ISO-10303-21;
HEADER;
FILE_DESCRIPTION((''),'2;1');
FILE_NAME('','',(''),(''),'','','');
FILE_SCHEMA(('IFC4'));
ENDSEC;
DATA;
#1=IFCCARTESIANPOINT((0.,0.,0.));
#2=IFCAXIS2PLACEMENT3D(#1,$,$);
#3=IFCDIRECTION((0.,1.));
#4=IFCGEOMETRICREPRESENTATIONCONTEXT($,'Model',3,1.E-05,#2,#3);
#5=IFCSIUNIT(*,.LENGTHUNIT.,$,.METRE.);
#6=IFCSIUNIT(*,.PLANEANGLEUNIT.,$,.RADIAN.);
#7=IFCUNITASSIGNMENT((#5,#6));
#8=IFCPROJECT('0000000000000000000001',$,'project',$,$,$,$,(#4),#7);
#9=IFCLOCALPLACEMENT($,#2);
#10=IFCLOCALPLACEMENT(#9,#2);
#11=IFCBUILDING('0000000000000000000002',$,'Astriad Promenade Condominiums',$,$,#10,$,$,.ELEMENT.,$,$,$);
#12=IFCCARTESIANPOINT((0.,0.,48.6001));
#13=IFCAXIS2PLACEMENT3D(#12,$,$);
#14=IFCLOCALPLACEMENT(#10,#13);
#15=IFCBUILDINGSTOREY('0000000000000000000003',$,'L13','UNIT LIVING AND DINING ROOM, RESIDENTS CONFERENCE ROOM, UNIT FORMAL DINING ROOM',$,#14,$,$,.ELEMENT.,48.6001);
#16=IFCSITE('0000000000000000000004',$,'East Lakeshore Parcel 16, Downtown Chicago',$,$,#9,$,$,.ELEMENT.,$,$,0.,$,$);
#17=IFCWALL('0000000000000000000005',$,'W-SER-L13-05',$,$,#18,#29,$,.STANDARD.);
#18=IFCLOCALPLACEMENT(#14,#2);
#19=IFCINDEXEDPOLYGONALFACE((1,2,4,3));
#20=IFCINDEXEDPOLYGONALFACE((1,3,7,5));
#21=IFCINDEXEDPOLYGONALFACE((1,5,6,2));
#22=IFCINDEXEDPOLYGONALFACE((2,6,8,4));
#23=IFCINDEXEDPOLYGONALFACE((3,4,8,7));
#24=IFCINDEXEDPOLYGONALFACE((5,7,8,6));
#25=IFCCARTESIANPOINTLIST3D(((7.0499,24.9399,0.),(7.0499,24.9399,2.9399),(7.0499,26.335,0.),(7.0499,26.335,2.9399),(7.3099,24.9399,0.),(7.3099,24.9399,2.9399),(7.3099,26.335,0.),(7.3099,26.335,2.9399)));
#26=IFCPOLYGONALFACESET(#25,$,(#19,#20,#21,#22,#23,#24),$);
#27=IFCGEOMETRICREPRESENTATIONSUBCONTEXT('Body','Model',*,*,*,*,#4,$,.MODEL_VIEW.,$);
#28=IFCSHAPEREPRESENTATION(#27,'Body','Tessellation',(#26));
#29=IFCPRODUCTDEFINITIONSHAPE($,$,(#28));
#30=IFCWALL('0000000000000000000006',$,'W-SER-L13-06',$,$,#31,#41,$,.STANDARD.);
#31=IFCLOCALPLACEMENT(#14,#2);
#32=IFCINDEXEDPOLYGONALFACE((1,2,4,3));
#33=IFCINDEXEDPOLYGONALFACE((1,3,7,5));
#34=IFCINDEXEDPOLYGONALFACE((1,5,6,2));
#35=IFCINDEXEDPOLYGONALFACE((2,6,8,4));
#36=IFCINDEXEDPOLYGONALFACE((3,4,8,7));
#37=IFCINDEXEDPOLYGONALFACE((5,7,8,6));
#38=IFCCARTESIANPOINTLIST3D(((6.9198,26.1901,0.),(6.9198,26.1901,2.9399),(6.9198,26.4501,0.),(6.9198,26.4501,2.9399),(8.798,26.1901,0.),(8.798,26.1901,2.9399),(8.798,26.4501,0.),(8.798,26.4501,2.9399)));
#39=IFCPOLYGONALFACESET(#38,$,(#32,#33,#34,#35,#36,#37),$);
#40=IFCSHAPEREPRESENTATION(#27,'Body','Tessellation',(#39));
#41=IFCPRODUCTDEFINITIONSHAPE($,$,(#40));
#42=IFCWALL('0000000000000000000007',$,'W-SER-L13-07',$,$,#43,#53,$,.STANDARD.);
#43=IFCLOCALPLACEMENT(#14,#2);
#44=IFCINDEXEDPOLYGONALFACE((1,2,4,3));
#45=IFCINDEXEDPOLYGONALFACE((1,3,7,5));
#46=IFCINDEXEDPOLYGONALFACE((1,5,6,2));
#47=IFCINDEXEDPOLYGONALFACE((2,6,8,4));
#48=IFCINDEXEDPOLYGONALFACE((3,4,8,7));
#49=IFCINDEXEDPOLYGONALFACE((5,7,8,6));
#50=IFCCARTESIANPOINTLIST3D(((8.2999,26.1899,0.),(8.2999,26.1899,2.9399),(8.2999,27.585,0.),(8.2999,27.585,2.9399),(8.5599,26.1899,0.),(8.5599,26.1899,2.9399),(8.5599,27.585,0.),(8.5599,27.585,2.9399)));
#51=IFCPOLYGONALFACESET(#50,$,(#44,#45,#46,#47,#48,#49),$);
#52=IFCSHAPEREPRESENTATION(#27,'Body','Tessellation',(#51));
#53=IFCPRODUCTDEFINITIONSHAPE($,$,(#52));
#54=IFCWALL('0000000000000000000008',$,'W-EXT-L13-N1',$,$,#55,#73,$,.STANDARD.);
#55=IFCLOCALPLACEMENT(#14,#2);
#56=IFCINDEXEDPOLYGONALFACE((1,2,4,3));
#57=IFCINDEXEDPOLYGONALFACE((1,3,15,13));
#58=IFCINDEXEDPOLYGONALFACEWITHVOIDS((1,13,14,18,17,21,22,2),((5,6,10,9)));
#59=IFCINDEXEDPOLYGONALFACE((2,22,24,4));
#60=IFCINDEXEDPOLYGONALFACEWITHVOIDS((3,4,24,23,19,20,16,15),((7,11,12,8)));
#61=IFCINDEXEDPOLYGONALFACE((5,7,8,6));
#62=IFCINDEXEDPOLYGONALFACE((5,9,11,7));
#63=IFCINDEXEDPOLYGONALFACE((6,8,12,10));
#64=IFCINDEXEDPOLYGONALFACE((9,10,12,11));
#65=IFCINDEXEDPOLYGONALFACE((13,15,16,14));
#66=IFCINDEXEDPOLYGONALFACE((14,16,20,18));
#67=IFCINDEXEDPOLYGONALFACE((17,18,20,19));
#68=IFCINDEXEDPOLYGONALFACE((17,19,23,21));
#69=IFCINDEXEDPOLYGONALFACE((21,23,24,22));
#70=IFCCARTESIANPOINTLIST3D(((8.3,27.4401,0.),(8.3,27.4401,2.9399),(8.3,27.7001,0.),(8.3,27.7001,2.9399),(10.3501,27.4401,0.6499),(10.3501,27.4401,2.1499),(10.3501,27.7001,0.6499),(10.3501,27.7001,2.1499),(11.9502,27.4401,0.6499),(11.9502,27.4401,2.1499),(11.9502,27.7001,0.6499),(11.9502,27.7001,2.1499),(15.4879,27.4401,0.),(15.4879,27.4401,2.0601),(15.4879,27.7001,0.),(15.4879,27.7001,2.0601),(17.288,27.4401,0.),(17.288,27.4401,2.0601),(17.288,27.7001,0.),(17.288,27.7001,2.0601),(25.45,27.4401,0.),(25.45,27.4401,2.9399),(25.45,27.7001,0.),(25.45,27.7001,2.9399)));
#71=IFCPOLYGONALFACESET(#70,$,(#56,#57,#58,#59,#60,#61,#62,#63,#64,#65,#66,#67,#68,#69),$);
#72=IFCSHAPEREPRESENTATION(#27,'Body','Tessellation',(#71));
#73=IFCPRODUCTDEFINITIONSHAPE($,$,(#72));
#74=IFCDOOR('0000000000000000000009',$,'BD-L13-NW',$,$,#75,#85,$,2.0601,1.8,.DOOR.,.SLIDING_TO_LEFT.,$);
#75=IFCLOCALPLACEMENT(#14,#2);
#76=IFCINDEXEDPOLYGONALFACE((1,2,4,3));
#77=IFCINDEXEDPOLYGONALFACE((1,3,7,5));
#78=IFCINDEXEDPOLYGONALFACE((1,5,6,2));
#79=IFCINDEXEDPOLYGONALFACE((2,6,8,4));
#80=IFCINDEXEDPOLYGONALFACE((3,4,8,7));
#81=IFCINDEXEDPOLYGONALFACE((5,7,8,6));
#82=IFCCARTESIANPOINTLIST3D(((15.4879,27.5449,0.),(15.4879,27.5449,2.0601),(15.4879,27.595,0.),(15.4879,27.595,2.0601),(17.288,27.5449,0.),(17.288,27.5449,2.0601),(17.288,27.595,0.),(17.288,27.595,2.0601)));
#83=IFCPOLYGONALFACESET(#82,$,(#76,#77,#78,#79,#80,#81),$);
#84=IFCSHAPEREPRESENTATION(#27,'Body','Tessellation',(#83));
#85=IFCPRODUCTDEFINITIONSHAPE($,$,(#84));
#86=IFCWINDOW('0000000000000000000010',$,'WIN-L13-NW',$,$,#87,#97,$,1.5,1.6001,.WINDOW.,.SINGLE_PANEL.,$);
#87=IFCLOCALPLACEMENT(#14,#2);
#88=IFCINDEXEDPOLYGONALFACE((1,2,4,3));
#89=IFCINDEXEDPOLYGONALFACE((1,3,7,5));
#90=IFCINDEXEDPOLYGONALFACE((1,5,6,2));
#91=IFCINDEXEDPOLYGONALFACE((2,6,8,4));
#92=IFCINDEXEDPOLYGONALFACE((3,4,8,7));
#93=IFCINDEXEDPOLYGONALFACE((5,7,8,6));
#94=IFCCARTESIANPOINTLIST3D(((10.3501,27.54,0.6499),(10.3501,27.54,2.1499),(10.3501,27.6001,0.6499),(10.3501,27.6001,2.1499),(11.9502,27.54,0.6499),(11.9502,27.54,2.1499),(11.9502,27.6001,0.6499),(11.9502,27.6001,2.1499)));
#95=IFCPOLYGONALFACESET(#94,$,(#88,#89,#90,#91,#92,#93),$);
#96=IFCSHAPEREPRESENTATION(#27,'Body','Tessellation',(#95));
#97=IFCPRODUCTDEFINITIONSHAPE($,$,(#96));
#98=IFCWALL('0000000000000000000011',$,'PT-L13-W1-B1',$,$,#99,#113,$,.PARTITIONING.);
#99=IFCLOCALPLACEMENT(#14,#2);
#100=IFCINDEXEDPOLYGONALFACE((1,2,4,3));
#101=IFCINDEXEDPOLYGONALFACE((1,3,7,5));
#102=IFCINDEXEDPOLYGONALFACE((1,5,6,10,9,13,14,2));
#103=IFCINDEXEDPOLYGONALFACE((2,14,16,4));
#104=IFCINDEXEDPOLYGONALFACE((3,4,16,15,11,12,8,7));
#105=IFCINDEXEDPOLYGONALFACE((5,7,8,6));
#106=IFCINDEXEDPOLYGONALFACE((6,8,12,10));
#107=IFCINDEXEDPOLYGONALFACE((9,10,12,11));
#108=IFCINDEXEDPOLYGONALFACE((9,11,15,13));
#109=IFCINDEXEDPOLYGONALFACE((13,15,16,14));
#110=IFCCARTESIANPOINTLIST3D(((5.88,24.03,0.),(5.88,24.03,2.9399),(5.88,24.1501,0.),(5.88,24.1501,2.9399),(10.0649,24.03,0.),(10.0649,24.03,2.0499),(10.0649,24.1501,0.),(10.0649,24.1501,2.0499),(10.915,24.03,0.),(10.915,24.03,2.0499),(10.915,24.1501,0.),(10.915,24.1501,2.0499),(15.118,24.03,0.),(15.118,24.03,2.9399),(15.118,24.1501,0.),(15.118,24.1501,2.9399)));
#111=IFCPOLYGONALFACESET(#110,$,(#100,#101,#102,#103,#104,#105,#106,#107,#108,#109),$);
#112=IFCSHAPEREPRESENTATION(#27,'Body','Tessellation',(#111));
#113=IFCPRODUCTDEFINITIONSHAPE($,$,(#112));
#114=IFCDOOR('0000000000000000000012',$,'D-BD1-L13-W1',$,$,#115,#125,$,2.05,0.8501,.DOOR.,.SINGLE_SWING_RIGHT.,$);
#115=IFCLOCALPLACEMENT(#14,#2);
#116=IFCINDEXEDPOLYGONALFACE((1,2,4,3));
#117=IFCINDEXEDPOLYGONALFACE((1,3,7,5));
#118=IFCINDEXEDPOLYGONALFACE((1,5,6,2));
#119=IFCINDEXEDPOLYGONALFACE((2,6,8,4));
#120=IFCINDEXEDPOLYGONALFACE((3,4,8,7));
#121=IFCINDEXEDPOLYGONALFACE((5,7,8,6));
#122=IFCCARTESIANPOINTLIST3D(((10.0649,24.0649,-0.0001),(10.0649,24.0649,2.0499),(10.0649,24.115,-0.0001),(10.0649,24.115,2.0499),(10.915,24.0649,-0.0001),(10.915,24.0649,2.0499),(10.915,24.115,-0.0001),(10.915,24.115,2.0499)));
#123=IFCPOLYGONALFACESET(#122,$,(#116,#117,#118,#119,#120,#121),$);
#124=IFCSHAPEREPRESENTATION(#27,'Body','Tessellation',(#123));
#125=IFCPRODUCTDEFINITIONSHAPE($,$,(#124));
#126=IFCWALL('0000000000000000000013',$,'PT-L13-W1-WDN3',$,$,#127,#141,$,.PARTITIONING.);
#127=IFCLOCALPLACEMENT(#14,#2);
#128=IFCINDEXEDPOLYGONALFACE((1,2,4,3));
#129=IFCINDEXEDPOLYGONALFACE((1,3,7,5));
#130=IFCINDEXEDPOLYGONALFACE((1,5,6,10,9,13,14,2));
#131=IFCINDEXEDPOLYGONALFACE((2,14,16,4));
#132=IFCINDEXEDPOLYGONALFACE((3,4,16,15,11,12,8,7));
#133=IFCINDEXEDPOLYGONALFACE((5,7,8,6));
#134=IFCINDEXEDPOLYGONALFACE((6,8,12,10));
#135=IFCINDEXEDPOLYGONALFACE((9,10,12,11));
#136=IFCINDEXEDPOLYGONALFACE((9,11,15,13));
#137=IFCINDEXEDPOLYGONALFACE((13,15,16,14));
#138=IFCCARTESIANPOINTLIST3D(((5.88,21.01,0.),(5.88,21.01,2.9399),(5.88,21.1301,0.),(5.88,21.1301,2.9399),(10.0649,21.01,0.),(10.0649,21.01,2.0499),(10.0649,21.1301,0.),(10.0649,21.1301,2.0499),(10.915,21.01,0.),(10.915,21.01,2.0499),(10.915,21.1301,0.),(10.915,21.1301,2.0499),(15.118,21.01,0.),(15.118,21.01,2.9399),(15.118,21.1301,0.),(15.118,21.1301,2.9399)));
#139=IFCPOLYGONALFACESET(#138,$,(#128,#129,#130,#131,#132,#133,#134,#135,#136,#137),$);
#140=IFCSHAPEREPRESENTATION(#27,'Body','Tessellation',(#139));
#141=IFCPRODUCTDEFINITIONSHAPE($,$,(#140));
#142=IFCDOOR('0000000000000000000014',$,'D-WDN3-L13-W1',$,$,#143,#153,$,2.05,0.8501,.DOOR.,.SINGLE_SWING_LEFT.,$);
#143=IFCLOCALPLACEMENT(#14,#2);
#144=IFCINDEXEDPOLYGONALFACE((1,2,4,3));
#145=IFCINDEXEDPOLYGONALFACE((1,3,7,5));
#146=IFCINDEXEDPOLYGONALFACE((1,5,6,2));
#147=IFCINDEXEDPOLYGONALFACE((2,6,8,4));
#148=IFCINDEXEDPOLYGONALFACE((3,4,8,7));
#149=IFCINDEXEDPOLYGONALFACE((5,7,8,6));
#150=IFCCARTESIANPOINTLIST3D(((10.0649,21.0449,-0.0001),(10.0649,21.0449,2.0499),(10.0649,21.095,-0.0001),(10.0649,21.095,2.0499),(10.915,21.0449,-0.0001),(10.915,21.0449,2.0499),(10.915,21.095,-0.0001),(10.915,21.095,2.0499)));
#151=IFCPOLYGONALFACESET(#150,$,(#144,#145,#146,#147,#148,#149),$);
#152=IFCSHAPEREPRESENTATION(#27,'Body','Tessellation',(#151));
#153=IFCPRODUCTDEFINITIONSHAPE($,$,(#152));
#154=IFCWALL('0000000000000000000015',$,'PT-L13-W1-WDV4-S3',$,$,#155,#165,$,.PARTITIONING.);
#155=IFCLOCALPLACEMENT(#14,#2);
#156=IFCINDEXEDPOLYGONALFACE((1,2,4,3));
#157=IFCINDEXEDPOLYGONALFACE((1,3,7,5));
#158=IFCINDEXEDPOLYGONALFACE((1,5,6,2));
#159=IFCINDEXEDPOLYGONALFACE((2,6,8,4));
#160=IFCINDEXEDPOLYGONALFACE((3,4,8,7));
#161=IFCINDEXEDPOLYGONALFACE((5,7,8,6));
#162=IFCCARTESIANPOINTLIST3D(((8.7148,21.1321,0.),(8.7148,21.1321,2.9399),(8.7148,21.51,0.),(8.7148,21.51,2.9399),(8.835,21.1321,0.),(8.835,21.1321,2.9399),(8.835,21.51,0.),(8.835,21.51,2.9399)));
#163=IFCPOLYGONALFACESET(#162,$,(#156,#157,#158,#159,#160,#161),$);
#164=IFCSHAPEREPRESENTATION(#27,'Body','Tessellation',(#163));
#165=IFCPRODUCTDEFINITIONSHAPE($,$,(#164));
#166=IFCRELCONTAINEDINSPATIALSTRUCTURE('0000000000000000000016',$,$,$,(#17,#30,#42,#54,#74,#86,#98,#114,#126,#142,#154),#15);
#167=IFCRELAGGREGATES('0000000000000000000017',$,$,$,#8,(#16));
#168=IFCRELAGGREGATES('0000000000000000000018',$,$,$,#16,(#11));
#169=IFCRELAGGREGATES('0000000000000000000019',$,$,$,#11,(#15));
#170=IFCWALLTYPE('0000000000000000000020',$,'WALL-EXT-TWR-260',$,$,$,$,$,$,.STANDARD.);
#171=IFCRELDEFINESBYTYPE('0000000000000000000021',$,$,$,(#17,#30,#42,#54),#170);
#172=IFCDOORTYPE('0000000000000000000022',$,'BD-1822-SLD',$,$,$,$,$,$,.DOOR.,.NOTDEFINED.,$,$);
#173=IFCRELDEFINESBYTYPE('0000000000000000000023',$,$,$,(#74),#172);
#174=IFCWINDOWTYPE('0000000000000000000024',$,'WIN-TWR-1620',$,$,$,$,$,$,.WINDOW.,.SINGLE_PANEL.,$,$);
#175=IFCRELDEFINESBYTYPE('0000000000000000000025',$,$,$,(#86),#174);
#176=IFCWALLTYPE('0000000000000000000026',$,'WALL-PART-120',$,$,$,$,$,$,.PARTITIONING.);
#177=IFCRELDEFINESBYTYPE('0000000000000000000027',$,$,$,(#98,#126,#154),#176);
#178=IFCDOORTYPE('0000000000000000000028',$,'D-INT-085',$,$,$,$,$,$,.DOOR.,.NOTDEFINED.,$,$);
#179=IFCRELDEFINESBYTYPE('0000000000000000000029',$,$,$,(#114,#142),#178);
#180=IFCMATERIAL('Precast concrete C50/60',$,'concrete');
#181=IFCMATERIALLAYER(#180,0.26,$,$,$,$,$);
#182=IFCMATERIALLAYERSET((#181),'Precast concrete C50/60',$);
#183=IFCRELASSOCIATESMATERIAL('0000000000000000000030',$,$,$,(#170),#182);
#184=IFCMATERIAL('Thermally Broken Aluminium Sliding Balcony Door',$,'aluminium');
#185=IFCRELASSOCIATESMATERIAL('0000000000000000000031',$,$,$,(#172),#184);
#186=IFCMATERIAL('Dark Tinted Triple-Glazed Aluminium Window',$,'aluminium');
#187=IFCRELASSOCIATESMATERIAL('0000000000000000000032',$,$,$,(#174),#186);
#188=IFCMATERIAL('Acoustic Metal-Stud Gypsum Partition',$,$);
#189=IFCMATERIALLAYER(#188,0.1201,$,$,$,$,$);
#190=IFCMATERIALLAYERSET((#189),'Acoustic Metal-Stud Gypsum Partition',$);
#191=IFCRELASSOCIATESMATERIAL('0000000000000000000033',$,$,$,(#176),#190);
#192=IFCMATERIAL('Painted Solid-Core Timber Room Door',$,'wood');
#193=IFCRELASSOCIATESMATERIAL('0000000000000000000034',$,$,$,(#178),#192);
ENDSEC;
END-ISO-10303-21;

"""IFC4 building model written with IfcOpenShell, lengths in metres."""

from ifc_helpers import new_model, si_unit, direction, frame, frame_2d, origin, place, context, subcontext, project, spatial, rectangle, extrude, source, transform, mapped, material, layer, layer_set, type_object, type_shapes, element, fill, save


model = new_model("IFC4")

# Units and contexts
model_context = context("Model", 3, precision=1e-05, world=origin(), true_north=direction((0.0, 1.0)))
body_context = subcontext(model_context, "Body", "Model", "MODEL_VIEW")
ifc_project = project(units=[si_unit("LENGTHUNIT", "METRE"), si_unit("PLANEANGLEUNIT", "RADIAN")], contexts=[model_context])

# Site, building, storey
site_placement = place(None, origin())
site = spatial("IfcSite", under=ifc_project, at=site_placement, Name="East Lakeshore Parcel 16, Downtown Chicago", CompositionType="ELEMENT", RefElevation=0.0)
building_placement = place(site_placement, origin())
building = spatial("IfcBuilding", under=site, at=building_placement, Name="Astriad Promenade Condominiums", CompositionType="ELEMENT")
storey_placement = place(building_placement, frame((0.0, 0.0, 48.6001)))
storey = spatial("IfcBuildingStorey", under=building, at=storey_placement, Name="L13", Description="UNIT LIVING AND DINING ROOM, RESIDENTS CONFERENCE ROOM, UNIT FORMAL DINING ROOM", CompositionType="ELEMENT", Elevation=48.6001)

# Walls
ifc_material_1 = material(Name="Precast concrete C50/60", Category="concrete")
ifc_layer_1 = layer(ifc_material_1, 0.26)
ifc_layer_set_1 = layer_set([ifc_layer_1], Name="Precast concrete C50/60")
wall_type_1 = type_object("IfcWallType", Name="WALL-EXT-TWR-260", PredefinedType="STANDARD", material=ifc_layer_set_1)
for number, where, z_axis, x_axis, name in (
    (1, (7.1799, 24.9399, 0.0), (0.0, 0.0, 1.0), (0.0, 1.0, 0.0), "W-SER-L13-05"),
):
    element("IfcWall", number, at=place(storey_placement, frame(where, z_axis=z_axis, x_axis=x_axis)), inside=storey, type_object=wall_type_1, Name=name, PredefinedType="STANDARD", context=body_context, shape_type="SweptSolid", body=[
        extrude(rectangle(XDim=1.395, YDim=0.26, at=frame_2d((0.6975, 0.0))), origin(), (0.0, 0.0, 1.0), 2.9399),
    ])
wall_1_placement = place(storey_placement, frame((6.9199, 26.3201, 0.0), z_axis=(0.0, 0.0, 1.0), x_axis=(1.0, 0.0, 0.0)))
element("IfcWall", 2, at=wall_1_placement, inside=storey, type_object=wall_type_1, Name="W-SER-L13-06", PredefinedType="STANDARD", context=body_context, shape_type="SweptSolid", body=[
    extrude(rectangle(XDim=1.8782, YDim=0.26, at=frame_2d((0.939, 0.0))), origin(), (0.0, 0.0, 1.0), 2.9399),
])
wall_2_placement = place(storey_placement, frame((8.4299, 26.1899, 0.0), z_axis=(0.0, 0.0, 1.0), x_axis=(0.0, 1.0, 0.0)))
element("IfcWall", 3, at=wall_2_placement, inside=storey, type_object=wall_type_1, Name="W-SER-L13-07", PredefinedType="STANDARD", context=body_context, shape_type="SweptSolid", body=[
    extrude(rectangle(XDim=1.395, YDim=0.26, at=frame_2d((0.6975, 0.0))), origin(), (0.0, 0.0, 1.0), 2.9399),
])

# Wall, openings, door, window
wall_3_placement = place(storey_placement, frame((8.3, 27.5701, 0.0), z_axis=(0.0, 0.0, 1.0), x_axis=(1.0, 0.0, 0.0)))
wall_3 = element("IfcWall", 4, at=wall_3_placement, inside=storey, type_object=wall_type_1, Name="W-EXT-L13-N1", PredefinedType="STANDARD", context=body_context, shape_type="SweptSolid", body=[
    extrude(rectangle(XDim=17.1499, YDim=0.26, at=frame_2d((8.575, 0.0))), origin(), (0.0, 0.0, 1.0), 2.9399),
])
opening_1_placement = place(wall_3_placement, frame((7.188, 0.0, 0.0)))
opening_1 = element("IfcOpeningElement", 5, at=opening_1_placement, cuts=wall_3, PredefinedType="OPENING", context=body_context, shape_type="SweptSolid", body=[
    extrude(rectangle(XDim=1.8, YDim=2.0601, at=frame_2d((0.8999, 1.03))), frame((0.0, 0.1399, 0.0), z_axis=(0.0, -1.0, 0.0), x_axis=(1.0, 0.0, 0.0)), (0.0, 0.0, 1.0), 0.28),
])
opening_2_placement = place(wall_3_placement, frame((2.05, 0.0, 0.6499)))
opening_2 = element("IfcOpeningElement", 6, at=opening_2_placement, cuts=wall_3, PredefinedType="OPENING", context=body_context, shape_type="SweptSolid", body=[
    extrude(rectangle(XDim=1.6001, YDim=1.5, at=frame_2d((0.8, 0.75))), frame((0.0, 0.1399, 0.0), z_axis=(0.0, -1.0, 0.0), x_axis=(1.0, 0.0, 0.0)), (0.0, 0.0, 1.0), 0.28),
])
ifc_material_2 = material(Name="Thermally Broken Aluminium Sliding Balcony Door", Category="aluminium")
door_type_1 = type_object("IfcDoorType", Name="BD-1822-SLD", OperationType="NOTDEFINED", PredefinedType="DOOR", material=ifc_material_2)
shared_shape_1 = source(origin(), body_context, "Body", "SweptSolid", [
    extrude(rectangle(XDim=1.8, YDim=2.0601, at=frame_2d((0.8999, 1.03))), frame((0.0, 0.0249, 0.0), z_axis=(0.0, -1.0, 0.0), x_axis=(1.0, 0.0, 0.0)), (0.0, 0.0, 1.0), 0.05),
])
type_shapes(door_type_1, [shared_shape_1])
door_1_placement = place(opening_1_placement, origin())
door_1 = element("IfcDoor", 7, at=door_1_placement, inside=storey, type_object=door_type_1, Name="BD-L13-NW", OperationType="SLIDING_TO_LEFT", OverallHeight=2.0601, OverallWidth=1.8, PredefinedType="DOOR", context=body_context, shape_type="MappedRepresentation", body=[
    mapped(shared_shape_1, transform((0.0, 0.0, 0.0), scale=1.0)),
])
fill(opening_1, door_1)
ifc_material_3 = material(Name="Dark Tinted Triple-Glazed Aluminium Window", Category="aluminium")
window_type = type_object("IfcWindowType", Name="WIN-TWR-1620", PartitioningType="SINGLE_PANEL", PredefinedType="WINDOW", material=ifc_material_3)
shared_shape_2 = source(origin(), body_context, "Body", "SweptSolid", [
    extrude(rectangle(XDim=1.6001, YDim=1.5, at=frame_2d((0.8, 0.75))), frame((0.0, 0.03, 0.0), z_axis=(0.0, -1.0, 0.0), x_axis=(1.0, 0.0, 0.0)), (0.0, 0.0, 1.0), 0.0601),
])
type_shapes(window_type, [shared_shape_2])
window_placement = place(opening_2_placement, origin())
window = element("IfcWindow", 8, at=window_placement, inside=storey, type_object=window_type, Name="WIN-L13-NW", OverallHeight=1.5, OverallWidth=1.6001, PartitioningType="SINGLE_PANEL", PredefinedType="WINDOW", context=body_context, shape_type="MappedRepresentation", body=[
    mapped(shared_shape_2, transform((0.0, 0.0, 0.0), scale=1.0)),
])
fill(opening_2, window)

# Walls, openings, doors
ifc_material_4 = material(Name="Acoustic Metal-Stud Gypsum Partition")
ifc_layer_2 = layer(ifc_material_4, 0.1201)
ifc_layer_set_2 = layer_set([ifc_layer_2], Name="Acoustic Metal-Stud Gypsum Partition")
wall_type_2 = type_object("IfcWallType", Name="WALL-PART-120", PredefinedType="PARTITIONING", material=ifc_layer_set_2)
wall_4_placement = place(storey_placement, frame((5.8799, 24.0901, 0.0), z_axis=(0.0, 0.0, 1.0), x_axis=(1.0, 0.0, 0.0)))
wall_4 = element("IfcWall", 9, at=wall_4_placement, inside=storey, type_object=wall_type_2, Name="PT-L13-W1-B1", PredefinedType="PARTITIONING", context=body_context, shape_type="SweptSolid", body=[
    extrude(rectangle(XDim=9.238, YDim=0.1201, at=frame_2d((4.6191, 0.0))), origin(), (0.0, 0.0, 1.0), 2.9399),
])
opening_3_placement = place(wall_4_placement, frame((4.1851, 0.0, 0.0)))
opening_3 = element("IfcOpeningElement", 10, at=opening_3_placement, cuts=wall_4, PredefinedType="OPENING", context=body_context, shape_type="SweptSolid", body=[
    extrude(rectangle(XDim=0.8501, YDim=2.05, at=frame_2d((0.425, 1.0249))), frame((0.0, 0.0701, 0.0), z_axis=(0.0, -1.0, 0.0), x_axis=(1.0, 0.0, 0.0)), (0.0, 0.0, 1.0), 0.1401),
])
ifc_material_5 = material(Name="Painted Solid-Core Timber Room Door", Category="wood")
door_type_2 = type_object("IfcDoorType", Name="D-INT-085", OperationType="NOTDEFINED", PredefinedType="DOOR", material=ifc_material_5)
shared_shape_3 = source(origin(), body_context, "Body", "SweptSolid", [
    extrude(rectangle(XDim=0.8501, YDim=2.05, at=frame_2d((0.425, 1.0249))), frame((0.0, 0.0249, 0.0), z_axis=(0.0, -1.0, 0.0), x_axis=(1.0, 0.0, 0.0)), (0.0, 0.0, 1.0), 0.05),
])
type_shapes(door_type_2, [shared_shape_3])
door_2_placement = place(opening_3_placement, origin())
door_2 = element("IfcDoor", 11, at=door_2_placement, inside=storey, type_object=door_type_2, Name="D-BD1-L13-W1", OperationType="SINGLE_SWING_RIGHT", OverallHeight=2.05, OverallWidth=0.8501, PredefinedType="DOOR", context=body_context, shape_type="MappedRepresentation", body=[
    mapped(shared_shape_3, transform((0.0, 0.0, 0.0), scale=1.0)),
])
fill(opening_3, door_2)
wall_5_placement = place(storey_placement, frame((5.8799, 21.0701, 0.0), z_axis=(0.0, 0.0, 1.0), x_axis=(1.0, 0.0, 0.0)))
wall_5 = element("IfcWall", 12, at=wall_5_placement, inside=storey, type_object=wall_type_2, Name="PT-L13-W1-WDN3", PredefinedType="PARTITIONING", context=body_context, shape_type="SweptSolid", body=[
    extrude(rectangle(XDim=9.238, YDim=0.1201, at=frame_2d((4.6191, 0.0))), origin(), (0.0, 0.0, 1.0), 2.9399),
])
opening_4_placement = place(wall_5_placement, frame((4.1851, 0.0, 0.0)))
opening_4 = element("IfcOpeningElement", 13, at=opening_4_placement, cuts=wall_5, PredefinedType="OPENING", context=body_context, shape_type="SweptSolid", body=[
    extrude(rectangle(XDim=0.8501, YDim=2.05, at=frame_2d((0.425, 1.0249))), frame((0.0, 0.0701, 0.0), z_axis=(0.0, -1.0, 0.0), x_axis=(1.0, 0.0, 0.0)), (0.0, 0.0, 1.0), 0.1401),
])
door_3_placement = place(opening_4_placement, origin())
door_3 = element("IfcDoor", 14, at=door_3_placement, inside=storey, type_object=door_type_2, Name="D-WDN3-L13-W1", OperationType="SINGLE_SWING_LEFT", OverallHeight=2.05, OverallWidth=0.8501, PredefinedType="DOOR", context=body_context, shape_type="MappedRepresentation", body=[
    mapped(shared_shape_3, transform((0.0, 0.0, 0.0), scale=1.0)),
])
fill(opening_4, door_3)

# Wall
wall_6_placement = place(storey_placement, frame((8.7749, 21.1321, 0.0), z_axis=(0.0, 0.0, 1.0), x_axis=(0.0, 1.0, 0.0)))
element("IfcWall", 15, at=wall_6_placement, inside=storey, type_object=wall_type_2, Name="PT-L13-W1-WDV4-S3", PredefinedType="PARTITIONING", context=body_context, shape_type="SweptSolid", body=[
    extrude(rectangle(XDim=0.3779, YDim=0.1201, at=frame_2d((0.189, 0.0))), origin(), (0.0, 0.0, 1.0), 2.9399),
])

save(model, "model.ifc")
